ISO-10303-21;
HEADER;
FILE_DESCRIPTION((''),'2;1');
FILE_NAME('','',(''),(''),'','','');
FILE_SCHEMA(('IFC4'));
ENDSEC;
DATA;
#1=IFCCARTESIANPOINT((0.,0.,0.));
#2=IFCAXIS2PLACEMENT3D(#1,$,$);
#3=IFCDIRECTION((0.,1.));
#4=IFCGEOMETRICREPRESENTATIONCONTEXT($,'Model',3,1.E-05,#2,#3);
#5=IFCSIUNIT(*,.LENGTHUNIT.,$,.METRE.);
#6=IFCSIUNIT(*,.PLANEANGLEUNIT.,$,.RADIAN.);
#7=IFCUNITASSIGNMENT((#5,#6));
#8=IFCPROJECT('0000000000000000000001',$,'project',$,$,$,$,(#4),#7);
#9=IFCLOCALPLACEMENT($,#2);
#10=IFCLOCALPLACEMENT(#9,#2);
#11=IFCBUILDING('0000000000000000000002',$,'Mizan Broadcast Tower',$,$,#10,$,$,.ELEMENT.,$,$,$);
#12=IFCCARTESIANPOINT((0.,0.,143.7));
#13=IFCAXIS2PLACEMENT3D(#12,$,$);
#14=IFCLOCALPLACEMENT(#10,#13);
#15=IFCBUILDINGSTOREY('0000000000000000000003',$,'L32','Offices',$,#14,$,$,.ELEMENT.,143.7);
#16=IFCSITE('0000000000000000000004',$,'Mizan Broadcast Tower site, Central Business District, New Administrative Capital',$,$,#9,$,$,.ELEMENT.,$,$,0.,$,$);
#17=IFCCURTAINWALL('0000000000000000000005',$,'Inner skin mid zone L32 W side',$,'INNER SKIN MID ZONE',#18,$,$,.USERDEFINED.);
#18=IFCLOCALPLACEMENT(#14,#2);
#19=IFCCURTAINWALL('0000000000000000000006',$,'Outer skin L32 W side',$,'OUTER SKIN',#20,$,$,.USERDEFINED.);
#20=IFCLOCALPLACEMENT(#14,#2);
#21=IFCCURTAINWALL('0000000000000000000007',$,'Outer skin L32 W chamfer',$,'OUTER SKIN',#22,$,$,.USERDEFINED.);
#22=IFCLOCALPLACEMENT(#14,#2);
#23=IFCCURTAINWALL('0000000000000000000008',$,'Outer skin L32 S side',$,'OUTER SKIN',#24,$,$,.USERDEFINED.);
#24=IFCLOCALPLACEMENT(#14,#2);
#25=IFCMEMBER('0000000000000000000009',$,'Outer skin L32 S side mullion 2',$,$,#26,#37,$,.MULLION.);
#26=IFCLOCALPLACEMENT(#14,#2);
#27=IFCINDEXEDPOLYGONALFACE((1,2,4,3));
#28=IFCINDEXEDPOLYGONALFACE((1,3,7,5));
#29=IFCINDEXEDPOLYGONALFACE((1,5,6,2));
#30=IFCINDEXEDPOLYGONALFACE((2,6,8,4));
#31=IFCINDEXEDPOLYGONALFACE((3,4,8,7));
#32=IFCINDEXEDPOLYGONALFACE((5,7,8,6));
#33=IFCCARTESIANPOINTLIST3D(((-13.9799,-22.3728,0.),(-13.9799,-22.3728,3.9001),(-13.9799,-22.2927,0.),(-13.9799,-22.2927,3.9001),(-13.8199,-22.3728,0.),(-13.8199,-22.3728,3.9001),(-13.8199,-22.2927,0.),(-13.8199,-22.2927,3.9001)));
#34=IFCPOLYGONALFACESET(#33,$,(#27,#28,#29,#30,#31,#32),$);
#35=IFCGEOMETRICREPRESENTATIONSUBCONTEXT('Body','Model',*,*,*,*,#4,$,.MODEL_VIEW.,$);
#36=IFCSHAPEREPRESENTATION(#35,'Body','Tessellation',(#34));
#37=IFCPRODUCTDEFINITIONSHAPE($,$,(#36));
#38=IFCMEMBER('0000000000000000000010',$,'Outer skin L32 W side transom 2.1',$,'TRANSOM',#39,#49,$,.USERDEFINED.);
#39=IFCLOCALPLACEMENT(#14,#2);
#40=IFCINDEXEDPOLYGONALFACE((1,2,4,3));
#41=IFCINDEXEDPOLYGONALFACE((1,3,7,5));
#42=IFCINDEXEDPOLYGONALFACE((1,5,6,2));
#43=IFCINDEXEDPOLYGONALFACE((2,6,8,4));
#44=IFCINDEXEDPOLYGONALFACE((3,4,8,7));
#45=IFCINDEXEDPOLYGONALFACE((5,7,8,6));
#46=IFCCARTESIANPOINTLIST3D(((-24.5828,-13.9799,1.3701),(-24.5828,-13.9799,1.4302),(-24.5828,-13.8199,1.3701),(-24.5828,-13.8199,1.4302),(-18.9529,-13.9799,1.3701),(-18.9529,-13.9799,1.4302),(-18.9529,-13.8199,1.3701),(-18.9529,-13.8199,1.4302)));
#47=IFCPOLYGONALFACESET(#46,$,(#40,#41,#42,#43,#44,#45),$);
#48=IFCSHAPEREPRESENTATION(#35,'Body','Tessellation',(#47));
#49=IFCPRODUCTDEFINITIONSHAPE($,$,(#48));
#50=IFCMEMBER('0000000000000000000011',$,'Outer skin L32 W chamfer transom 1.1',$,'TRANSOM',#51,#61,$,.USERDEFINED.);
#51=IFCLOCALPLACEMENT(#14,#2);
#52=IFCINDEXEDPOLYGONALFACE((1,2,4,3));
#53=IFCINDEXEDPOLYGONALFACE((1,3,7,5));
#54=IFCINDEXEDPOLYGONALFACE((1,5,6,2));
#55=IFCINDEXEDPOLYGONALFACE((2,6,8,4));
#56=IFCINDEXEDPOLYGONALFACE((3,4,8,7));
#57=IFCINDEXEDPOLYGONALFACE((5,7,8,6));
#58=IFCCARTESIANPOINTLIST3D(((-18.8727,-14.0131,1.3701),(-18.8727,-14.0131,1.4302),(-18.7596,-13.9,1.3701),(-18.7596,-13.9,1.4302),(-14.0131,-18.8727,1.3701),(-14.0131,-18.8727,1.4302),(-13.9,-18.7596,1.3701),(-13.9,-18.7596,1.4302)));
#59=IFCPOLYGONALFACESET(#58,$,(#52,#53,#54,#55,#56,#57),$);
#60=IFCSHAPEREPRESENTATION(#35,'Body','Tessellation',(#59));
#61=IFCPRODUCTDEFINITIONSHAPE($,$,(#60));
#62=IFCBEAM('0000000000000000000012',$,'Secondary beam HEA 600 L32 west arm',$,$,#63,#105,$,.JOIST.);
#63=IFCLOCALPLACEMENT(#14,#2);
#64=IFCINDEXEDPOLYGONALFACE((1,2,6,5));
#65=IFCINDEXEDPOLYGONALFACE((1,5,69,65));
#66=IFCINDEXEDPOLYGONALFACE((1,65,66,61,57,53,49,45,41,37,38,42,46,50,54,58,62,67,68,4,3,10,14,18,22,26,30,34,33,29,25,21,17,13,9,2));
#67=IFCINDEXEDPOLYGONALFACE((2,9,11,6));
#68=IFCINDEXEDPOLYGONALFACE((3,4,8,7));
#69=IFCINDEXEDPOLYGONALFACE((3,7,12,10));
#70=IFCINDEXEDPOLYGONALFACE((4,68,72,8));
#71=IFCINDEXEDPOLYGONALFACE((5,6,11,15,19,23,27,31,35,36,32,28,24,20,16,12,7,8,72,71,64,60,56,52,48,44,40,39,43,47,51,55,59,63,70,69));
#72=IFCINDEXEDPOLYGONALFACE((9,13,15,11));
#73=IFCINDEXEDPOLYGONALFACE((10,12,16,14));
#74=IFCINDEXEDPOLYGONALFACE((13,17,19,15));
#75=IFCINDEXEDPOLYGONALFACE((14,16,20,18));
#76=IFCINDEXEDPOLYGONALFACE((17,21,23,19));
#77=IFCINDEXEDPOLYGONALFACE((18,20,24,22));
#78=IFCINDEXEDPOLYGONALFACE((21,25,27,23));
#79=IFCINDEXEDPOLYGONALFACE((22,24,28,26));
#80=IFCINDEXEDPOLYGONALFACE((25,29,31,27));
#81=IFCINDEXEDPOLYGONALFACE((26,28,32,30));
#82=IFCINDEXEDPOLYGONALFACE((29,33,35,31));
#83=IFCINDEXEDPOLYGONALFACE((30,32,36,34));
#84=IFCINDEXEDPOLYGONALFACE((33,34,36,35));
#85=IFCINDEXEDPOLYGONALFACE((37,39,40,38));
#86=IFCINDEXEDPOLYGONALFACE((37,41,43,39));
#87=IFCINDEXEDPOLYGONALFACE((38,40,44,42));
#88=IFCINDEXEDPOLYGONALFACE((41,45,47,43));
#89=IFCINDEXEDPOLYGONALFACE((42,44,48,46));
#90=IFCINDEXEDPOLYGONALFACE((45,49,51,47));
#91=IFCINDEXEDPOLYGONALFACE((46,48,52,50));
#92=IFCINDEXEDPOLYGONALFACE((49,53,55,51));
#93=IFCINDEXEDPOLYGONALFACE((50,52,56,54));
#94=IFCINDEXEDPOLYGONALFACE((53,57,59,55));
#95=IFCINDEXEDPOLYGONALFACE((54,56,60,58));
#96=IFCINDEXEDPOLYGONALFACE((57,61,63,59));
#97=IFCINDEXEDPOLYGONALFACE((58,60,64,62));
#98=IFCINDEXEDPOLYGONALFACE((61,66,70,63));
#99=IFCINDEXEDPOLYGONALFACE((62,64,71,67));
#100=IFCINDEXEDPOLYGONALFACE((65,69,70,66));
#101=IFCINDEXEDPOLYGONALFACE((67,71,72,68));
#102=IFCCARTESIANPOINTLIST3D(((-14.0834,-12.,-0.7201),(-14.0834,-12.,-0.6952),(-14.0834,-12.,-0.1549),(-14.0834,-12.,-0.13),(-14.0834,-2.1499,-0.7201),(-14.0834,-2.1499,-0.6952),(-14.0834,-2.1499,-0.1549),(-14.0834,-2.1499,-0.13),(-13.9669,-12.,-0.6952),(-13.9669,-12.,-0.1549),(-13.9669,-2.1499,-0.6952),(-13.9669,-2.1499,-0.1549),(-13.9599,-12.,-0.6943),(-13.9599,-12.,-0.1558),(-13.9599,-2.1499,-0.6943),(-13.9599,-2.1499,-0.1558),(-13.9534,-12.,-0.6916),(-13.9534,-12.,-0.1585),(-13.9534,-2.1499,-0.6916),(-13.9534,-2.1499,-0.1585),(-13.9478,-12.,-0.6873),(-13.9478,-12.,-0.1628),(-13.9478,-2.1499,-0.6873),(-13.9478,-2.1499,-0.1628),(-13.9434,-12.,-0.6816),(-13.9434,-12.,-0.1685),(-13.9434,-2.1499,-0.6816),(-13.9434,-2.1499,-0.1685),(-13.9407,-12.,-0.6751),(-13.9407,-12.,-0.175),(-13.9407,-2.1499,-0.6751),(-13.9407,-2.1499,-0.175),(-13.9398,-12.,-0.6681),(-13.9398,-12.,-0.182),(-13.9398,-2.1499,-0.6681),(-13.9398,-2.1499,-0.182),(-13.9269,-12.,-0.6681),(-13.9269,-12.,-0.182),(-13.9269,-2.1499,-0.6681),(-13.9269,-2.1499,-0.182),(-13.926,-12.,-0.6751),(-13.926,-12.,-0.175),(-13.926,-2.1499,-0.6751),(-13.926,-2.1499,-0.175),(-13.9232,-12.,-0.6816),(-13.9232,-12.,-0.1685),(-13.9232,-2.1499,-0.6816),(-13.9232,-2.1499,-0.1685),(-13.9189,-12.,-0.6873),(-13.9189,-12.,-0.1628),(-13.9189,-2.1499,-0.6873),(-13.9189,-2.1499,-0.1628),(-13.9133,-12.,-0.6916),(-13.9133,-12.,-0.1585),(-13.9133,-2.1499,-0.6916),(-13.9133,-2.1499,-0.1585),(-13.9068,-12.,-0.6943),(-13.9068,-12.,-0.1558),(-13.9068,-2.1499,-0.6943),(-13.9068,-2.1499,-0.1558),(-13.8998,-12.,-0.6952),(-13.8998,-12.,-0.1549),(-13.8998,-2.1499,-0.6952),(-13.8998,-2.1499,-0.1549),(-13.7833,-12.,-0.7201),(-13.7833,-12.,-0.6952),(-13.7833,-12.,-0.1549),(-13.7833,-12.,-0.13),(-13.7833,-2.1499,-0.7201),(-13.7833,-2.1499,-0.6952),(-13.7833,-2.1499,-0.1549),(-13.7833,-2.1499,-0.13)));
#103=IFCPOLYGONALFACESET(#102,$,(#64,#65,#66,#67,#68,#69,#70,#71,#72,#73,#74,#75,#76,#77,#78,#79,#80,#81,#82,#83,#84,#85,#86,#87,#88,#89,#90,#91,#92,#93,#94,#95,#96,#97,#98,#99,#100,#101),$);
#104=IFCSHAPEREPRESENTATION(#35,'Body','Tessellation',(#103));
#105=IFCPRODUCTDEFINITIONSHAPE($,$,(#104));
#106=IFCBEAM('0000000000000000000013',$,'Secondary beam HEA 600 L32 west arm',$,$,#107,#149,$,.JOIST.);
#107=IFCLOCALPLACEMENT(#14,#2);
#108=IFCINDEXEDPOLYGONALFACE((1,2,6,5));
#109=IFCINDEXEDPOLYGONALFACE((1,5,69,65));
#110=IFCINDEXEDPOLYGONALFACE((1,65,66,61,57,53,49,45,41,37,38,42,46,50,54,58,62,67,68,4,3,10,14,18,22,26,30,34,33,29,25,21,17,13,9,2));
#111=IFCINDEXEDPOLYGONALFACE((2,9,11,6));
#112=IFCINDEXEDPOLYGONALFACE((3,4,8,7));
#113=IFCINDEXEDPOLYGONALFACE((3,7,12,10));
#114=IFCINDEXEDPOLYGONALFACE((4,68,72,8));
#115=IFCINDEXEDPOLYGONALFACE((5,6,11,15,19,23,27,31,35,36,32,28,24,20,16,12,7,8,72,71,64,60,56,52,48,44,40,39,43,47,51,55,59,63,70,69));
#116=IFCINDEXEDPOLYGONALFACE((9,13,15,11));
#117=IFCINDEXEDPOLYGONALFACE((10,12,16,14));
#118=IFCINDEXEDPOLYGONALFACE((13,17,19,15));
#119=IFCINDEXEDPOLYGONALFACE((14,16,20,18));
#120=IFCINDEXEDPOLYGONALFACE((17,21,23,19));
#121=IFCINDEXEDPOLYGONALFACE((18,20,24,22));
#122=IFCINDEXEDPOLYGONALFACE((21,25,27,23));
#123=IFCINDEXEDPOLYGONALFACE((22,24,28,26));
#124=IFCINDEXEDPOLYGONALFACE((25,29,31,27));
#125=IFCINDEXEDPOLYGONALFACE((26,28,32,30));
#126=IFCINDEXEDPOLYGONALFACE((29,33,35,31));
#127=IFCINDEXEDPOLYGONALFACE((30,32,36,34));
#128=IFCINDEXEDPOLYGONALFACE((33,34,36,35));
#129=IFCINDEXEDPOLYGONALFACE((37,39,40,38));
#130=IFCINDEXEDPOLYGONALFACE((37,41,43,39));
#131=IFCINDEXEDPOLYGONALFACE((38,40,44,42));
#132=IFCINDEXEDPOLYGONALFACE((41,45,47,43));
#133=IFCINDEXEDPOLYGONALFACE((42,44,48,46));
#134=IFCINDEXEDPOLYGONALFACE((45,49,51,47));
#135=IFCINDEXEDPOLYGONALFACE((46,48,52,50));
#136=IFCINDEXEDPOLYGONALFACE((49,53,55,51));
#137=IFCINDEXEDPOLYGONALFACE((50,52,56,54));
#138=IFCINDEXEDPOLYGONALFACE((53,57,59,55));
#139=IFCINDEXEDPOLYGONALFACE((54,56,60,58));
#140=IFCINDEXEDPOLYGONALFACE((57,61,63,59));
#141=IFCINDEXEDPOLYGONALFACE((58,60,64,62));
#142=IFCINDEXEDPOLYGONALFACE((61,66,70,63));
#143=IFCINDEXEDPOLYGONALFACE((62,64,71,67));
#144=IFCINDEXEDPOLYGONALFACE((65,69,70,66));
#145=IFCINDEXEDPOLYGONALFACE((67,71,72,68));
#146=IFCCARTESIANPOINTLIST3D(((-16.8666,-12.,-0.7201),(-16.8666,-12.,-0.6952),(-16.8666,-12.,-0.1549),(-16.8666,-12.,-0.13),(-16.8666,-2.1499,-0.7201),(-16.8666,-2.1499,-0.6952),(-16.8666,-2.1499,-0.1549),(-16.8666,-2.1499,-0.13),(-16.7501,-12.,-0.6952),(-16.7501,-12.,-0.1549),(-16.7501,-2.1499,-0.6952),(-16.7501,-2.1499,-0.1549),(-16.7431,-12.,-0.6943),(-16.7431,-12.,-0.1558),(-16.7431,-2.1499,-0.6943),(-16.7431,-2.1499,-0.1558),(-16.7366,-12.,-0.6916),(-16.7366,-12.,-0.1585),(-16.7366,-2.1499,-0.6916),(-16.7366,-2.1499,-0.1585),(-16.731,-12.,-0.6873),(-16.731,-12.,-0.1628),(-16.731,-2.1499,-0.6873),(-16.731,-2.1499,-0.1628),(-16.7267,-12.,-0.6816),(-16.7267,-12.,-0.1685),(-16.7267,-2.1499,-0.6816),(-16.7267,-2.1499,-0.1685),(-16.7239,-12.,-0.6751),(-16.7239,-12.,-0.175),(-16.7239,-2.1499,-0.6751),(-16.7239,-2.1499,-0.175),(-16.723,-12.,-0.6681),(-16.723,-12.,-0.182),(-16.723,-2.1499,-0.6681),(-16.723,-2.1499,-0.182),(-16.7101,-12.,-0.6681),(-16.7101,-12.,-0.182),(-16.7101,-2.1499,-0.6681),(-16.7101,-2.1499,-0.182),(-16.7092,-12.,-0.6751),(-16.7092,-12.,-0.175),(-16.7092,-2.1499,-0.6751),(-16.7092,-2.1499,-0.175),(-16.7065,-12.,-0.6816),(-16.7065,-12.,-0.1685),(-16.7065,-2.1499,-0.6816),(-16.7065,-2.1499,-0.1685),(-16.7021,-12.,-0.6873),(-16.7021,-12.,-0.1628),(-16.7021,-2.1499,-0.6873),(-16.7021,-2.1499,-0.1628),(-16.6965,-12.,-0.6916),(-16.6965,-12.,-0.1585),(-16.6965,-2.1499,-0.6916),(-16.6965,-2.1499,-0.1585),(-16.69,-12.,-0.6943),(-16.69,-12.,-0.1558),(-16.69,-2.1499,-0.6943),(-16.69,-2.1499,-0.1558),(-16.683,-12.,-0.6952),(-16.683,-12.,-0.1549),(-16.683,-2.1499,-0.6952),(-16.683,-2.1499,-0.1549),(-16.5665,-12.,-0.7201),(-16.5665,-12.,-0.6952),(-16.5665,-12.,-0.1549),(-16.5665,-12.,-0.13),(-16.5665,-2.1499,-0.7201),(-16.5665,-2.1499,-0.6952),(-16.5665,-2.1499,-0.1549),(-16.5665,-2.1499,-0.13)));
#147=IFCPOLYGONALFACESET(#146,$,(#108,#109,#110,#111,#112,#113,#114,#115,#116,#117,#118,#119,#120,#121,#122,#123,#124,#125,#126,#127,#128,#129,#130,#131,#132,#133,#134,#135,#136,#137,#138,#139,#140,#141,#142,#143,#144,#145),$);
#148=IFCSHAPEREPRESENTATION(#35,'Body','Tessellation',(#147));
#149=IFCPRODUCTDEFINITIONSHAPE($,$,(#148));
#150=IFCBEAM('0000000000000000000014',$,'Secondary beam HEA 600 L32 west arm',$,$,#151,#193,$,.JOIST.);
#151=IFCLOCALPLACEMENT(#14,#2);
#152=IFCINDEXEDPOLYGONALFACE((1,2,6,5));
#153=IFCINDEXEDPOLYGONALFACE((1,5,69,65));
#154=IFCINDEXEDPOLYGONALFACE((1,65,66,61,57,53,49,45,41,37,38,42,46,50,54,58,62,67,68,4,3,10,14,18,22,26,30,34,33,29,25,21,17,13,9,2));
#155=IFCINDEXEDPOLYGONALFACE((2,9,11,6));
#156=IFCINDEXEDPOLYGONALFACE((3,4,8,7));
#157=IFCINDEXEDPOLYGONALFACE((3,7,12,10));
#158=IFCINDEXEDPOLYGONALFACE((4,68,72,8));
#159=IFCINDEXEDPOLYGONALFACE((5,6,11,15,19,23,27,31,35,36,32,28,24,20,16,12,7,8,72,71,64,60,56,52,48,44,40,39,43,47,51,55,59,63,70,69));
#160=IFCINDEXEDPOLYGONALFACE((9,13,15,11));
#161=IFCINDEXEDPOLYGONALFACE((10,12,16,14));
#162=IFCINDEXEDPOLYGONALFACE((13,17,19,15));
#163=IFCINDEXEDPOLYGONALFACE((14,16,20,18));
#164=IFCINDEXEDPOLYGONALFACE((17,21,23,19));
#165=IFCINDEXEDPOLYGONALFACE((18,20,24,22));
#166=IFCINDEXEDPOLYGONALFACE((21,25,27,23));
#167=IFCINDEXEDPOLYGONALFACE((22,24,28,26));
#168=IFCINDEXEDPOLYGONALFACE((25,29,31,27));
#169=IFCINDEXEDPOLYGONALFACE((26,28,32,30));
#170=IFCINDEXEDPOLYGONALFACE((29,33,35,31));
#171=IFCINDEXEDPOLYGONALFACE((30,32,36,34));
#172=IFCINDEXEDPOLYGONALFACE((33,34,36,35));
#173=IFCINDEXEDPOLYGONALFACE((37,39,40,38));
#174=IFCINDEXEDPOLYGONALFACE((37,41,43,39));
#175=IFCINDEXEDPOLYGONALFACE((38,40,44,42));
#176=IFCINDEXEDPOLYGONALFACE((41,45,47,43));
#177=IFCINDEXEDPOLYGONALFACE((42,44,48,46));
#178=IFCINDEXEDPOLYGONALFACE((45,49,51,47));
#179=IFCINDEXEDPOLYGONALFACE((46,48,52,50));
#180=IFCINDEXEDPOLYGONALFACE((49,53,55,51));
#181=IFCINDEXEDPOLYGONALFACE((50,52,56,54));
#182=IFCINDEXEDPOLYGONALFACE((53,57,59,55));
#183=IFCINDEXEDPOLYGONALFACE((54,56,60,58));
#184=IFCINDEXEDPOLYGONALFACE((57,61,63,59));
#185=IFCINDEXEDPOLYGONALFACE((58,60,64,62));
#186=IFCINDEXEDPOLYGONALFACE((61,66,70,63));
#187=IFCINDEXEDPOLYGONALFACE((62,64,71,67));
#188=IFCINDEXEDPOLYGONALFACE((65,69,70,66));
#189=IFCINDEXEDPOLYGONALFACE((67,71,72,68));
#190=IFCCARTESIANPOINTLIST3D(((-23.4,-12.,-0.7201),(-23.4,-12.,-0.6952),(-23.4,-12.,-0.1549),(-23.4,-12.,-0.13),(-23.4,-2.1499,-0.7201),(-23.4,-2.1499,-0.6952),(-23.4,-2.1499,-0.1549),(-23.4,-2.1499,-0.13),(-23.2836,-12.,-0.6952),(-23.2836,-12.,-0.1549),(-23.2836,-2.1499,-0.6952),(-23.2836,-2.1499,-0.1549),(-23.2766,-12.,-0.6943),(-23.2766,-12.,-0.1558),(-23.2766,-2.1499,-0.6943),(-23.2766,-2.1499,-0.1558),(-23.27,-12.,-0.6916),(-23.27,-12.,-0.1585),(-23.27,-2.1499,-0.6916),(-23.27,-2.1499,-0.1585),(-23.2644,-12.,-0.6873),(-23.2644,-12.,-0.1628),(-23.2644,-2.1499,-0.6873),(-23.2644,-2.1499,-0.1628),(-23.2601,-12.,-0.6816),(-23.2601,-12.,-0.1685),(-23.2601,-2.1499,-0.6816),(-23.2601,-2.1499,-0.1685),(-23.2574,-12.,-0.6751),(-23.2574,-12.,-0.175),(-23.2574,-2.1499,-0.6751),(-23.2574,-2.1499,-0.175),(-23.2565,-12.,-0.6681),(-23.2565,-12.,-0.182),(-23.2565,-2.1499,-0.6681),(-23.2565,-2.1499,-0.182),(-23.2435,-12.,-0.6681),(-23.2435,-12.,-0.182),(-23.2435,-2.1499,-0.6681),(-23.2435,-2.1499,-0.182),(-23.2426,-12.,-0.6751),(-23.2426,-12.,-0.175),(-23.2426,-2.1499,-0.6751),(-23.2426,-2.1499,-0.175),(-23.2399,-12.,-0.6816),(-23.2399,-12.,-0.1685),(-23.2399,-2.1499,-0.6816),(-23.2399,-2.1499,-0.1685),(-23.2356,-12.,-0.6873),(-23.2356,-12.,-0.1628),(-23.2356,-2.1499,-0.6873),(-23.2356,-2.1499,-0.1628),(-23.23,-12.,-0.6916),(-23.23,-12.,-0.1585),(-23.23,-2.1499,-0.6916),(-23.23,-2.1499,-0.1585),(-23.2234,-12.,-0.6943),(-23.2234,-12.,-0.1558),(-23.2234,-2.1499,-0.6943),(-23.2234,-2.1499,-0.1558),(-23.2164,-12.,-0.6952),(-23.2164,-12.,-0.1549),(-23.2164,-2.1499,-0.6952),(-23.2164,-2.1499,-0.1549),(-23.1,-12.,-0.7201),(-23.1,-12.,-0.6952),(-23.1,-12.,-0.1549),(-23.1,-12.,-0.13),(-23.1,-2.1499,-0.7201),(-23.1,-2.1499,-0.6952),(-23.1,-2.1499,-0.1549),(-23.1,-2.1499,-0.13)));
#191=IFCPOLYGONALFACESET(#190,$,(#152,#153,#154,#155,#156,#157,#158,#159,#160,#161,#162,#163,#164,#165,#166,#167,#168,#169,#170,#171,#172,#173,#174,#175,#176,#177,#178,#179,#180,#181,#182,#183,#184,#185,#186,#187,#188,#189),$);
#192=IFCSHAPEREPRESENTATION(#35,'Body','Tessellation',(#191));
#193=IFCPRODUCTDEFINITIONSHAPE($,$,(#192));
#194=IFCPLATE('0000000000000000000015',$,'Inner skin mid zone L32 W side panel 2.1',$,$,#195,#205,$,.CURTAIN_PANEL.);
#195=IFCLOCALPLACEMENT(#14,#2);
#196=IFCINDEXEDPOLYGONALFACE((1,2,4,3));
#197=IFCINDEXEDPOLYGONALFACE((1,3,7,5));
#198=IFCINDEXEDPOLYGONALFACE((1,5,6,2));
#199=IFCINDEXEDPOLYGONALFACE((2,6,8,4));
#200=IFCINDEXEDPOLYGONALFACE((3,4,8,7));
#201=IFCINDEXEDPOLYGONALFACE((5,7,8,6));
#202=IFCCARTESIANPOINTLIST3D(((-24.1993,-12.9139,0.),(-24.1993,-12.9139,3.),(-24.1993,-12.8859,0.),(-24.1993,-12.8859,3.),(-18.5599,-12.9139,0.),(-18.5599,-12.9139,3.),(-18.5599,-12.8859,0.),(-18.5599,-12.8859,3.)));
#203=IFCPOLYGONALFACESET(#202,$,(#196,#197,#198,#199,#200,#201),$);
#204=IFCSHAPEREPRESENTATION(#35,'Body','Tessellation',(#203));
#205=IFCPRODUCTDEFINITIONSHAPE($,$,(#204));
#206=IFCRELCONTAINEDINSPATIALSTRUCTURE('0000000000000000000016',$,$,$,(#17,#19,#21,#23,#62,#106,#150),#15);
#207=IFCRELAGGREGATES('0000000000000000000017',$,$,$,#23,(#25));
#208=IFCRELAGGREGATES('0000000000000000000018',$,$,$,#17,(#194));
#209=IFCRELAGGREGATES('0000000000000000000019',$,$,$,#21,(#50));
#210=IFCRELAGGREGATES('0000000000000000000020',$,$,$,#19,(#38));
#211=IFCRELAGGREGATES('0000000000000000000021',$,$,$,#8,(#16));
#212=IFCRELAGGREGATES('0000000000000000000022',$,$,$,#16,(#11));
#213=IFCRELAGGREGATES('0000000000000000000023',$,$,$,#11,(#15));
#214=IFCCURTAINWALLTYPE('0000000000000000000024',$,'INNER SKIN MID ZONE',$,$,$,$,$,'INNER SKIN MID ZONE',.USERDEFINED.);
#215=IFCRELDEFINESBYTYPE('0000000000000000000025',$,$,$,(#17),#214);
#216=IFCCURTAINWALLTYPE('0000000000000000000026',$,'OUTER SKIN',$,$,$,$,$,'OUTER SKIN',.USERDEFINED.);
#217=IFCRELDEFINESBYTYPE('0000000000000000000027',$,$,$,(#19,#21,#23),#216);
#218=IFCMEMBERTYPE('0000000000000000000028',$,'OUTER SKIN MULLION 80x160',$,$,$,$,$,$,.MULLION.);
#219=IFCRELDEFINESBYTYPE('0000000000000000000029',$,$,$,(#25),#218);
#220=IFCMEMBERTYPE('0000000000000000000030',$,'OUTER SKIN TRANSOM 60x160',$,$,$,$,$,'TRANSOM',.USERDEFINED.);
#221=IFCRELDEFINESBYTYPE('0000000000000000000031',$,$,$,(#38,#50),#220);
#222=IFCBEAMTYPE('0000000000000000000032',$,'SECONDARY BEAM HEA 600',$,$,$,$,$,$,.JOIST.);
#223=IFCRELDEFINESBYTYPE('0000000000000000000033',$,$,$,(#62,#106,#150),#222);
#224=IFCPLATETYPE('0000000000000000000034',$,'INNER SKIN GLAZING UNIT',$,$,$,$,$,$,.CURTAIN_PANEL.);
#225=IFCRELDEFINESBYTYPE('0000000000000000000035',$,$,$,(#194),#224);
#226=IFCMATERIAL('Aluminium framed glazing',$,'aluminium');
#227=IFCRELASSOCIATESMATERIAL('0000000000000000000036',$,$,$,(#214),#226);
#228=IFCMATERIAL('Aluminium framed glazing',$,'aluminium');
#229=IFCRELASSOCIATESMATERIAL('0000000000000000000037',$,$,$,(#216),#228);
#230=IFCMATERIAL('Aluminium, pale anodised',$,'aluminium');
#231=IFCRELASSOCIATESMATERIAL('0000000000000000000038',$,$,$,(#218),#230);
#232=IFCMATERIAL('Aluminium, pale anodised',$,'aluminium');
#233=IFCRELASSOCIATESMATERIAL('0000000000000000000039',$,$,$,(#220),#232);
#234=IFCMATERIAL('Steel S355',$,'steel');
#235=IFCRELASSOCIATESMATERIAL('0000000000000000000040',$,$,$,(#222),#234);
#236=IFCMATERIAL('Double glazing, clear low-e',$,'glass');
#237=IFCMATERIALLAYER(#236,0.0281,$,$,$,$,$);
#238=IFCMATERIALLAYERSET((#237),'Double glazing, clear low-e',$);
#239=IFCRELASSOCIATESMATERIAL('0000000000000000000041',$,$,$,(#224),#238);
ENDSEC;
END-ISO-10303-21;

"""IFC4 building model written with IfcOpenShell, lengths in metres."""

from ifc_helpers import new_model, si_unit, direction, frame, origin, origin_2d, place, context, subcontext, project, spatial, rectangle, i_section, extrude, material, layer, layer_set, material_profile, profile_set, type_object, element, aggregate, save


model = new_model("IFC4")

# Units and contexts
model_context = context("Model", 3, precision=1e-05, world=origin(), true_north=direction((0.0, 1.0)))
body_context = subcontext(model_context, "Body", "Model", "MODEL_VIEW")
ifc_project = project(units=[si_unit("LENGTHUNIT", "METRE"), si_unit("PLANEANGLEUNIT", "RADIAN")], contexts=[model_context])

# Site, building, storey
site_placement = place(None, origin())
site = spatial("IfcSite", under=ifc_project, at=site_placement, Name="Mizan Broadcast Tower site, Central Business District, New Administrative Capital", CompositionType="ELEMENT", RefElevation=0.0)
building_placement = place(site_placement, origin())
building = spatial("IfcBuilding", under=site, at=building_placement, Name="Mizan Broadcast Tower", CompositionType="ELEMENT")
storey_placement = place(building_placement, frame((0.0, 0.0, 143.7)))
storey = spatial("IfcBuildingStorey", under=building, at=storey_placement, Name="L32", Description="Offices", CompositionType="ELEMENT", Elevation=143.7)

# Curtain walls
ifc_material_1 = material(Name="Aluminium framed glazing", Category="aluminium")
curtain_wall_type_1 = type_object("IfcCurtainWallType", Name="INNER SKIN MID ZONE", ElementType="INNER SKIN MID ZONE", PredefinedType="USERDEFINED", material=ifc_material_1)
curtain_wall_1_placement = place(storey_placement, origin())
curtain_wall_1 = element("IfcCurtainWall", 1, at=curtain_wall_1_placement, inside=storey, type_object=curtain_wall_type_1, Name="Inner skin mid zone L32 W side", ObjectType="INNER SKIN MID ZONE", PredefinedType="USERDEFINED")
ifc_material_2 = material(Name="Aluminium framed glazing", Category="aluminium")
curtain_wall_type_2 = type_object("IfcCurtainWallType", Name="OUTER SKIN", ElementType="OUTER SKIN", PredefinedType="USERDEFINED", material=ifc_material_2)
curtain_wall_2_placement = place(storey_placement, origin())
curtain_wall_2 = element("IfcCurtainWall", 2, at=curtain_wall_2_placement, inside=storey, type_object=curtain_wall_type_2, Name="Outer skin L32 W side", ObjectType="OUTER SKIN", PredefinedType="USERDEFINED")
ifc_material_3 = material(Name="Aluminium, pale anodised", Category="aluminium")
ifc_material_profile_1 = material_profile(ifc_material_3, rectangle(XDim=0.1599, YDim=0.0801, at=origin_2d()), Name="MULLION 160x80")
ifc_profile_set_1 = profile_set([ifc_material_profile_1], Name="Aluminium, pale anodised")
member_type_1 = type_object("IfcMemberType", Name="OUTER SKIN MULLION 80x160", PredefinedType="MULLION", material=ifc_profile_set_1)

# Curtain walls, member
curtain_wall_3_placement = place(storey_placement, origin())
curtain_wall_3 = element("IfcCurtainWall", 3, at=curtain_wall_3_placement, inside=storey, type_object=curtain_wall_type_2, Name="Outer skin L32 W chamfer", ObjectType="OUTER SKIN", PredefinedType="USERDEFINED")
curtain_wall_4_placement = place(storey_placement, origin())
curtain_wall_4 = element("IfcCurtainWall", 4, at=curtain_wall_4_placement, inside=storey, type_object=curtain_wall_type_2, Name="Outer skin L32 S side", ObjectType="OUTER SKIN", PredefinedType="USERDEFINED")
member_1_placement = place(storey_placement, frame((-13.8999, -22.3328, 0.0), z_axis=(0.0, 0.0, 1.0), x_axis=(1.0, 0.0, 0.0)))
member_1 = element("IfcMember", 5, at=member_1_placement, type_object=member_type_1, Name="Outer skin L32 S side mullion 2", PredefinedType="MULLION", context=body_context, shape_type="SweptSolid", body=[
    extrude(rectangle(XDim=0.1599, YDim=0.0801, at=origin_2d()), origin(), (0.0, 0.0, 1.0), 3.9001),
])
aggregate(curtain_wall_4, [member_1])

# Members
ifc_material_4 = material(Name="Aluminium, pale anodised", Category="aluminium")
ifc_material_profile_2 = material_profile(ifc_material_4, rectangle(XDim=0.1599, YDim=0.0601, at=origin_2d()), Name="TRANSOM 160x60")
ifc_profile_set_2 = profile_set([ifc_material_profile_2], Name="Aluminium, pale anodised")
member_type_2 = type_object("IfcMemberType", Name="OUTER SKIN TRANSOM 60x160", ElementType="TRANSOM", PredefinedType="USERDEFINED", material=ifc_profile_set_2)
member_2_placement = place(storey_placement, frame((-24.5828, -13.8999, 1.4001), z_axis=(1.0, 0.0, 0.0), x_axis=(0.0, 1.0, 0.0)))
member_2 = element("IfcMember", 6, at=member_2_placement, type_object=member_type_2, Name="Outer skin L32 W side transom 2.1", ObjectType="TRANSOM", PredefinedType="USERDEFINED", context=body_context, shape_type="SweptSolid", body=[
    extrude(rectangle(XDim=0.1599, YDim=0.0601, at=origin_2d()), origin(), (0.0, 0.0, 1.0), 5.6299),
])
member_3_placement = place(storey_placement, frame((-18.8162, -13.9565, 1.4001), z_axis=(0.707107, -0.707107, 0.0), x_axis=(0.707107, 0.707107, 0.0)))
member_3 = element("IfcMember", 7, at=member_3_placement, type_object=member_type_2, Name="Outer skin L32 W chamfer transom 1.1", ObjectType="TRANSOM", PredefinedType="USERDEFINED", context=body_context, shape_type="SweptSolid", body=[
    extrude(rectangle(XDim=0.1599, YDim=0.0601, at=origin_2d()), origin(), (0.0, 0.0, 1.0), 6.8726),
])

# Beams
ifc_material_5 = material(Name="Steel S355", Category="steel")
ifc_material_profile_3 = material_profile(ifc_material_5, i_section(OverallWidth=0.3, OverallDepth=0.5901, WebThickness=0.0129, FlangeThickness=0.0249, FilletRadius=0.0271, at=origin_2d()), Name="HEA 600")
ifc_profile_set_3 = profile_set([ifc_material_profile_3], Name="Steel S355")
beam_type_1 = type_object("IfcBeamType", Name="SECONDARY BEAM HEA 600", PredefinedType="JOIST", material=ifc_profile_set_3)
for number, where, z_axis, x_axis, name in (
    (8, (-13.9333, -12.0, -0.425), (0.0, 1.0, 0.0), (-1.0, 0.0, 0.0), "Secondary beam HEA 600 L32 west arm"),
    (9, (-16.7166, -12.0, -0.425), (0.0, 1.0, 0.0), (-1.0, 0.0, 0.0), "Secondary beam HEA 600 L32 west arm"),
    (10, (-23.25, -12.0, -0.425), (0.0, 1.0, 0.0), (-1.0, 0.0, 0.0), "Secondary beam HEA 600 L32 west arm"),
):
    element("IfcBeam", number, at=place(storey_placement, frame(where, z_axis=z_axis, x_axis=x_axis)), inside=storey, type_object=beam_type_1, Name=name, PredefinedType="JOIST", context=body_context, shape_type="SweptSolid", body=[
        extrude(i_section(OverallWidth=0.3, OverallDepth=0.5901, WebThickness=0.0129, FlangeThickness=0.0249, FilletRadius=0.0271, at=origin_2d()), origin(), (0.0, 0.0, 1.0), 9.8501),
    ])

# Plate
ifc_material_6 = material(Name="Double glazing, clear low-e", Category="glass")
ifc_layer_1 = layer(ifc_material_6, 0.0281)
ifc_layer_set_1 = layer_set([ifc_layer_1], Name="Double glazing, clear low-e")
plate_type_1 = type_object("IfcPlateType", Name="INNER SKIN GLAZING UNIT", PredefinedType="CURTAIN_PANEL", material=ifc_layer_set_1)
plate_1_placement = place(storey_placement, frame((-21.3796, -12.8999, 0.0), z_axis=(0.0, 0.0, 1.0), x_axis=(1.0, 0.0, 0.0)))
plate_1 = element("IfcPlate", 11, at=plate_1_placement, type_object=plate_type_1, Name="Inner skin mid zone L32 W side panel 2.1", PredefinedType="CURTAIN_PANEL", context=body_context, shape_type="SweptSolid", body=[
    extrude(rectangle(XDim=5.6394, YDim=0.0281, at=origin_2d()), origin(), (0.0, 0.0, 1.0), 3.0),
])
aggregate(curtain_wall_1, [plate_1])
aggregate(curtain_wall_3, [member_3])
aggregate(curtain_wall_2, [member_2])

save(model, "model.ifc")
